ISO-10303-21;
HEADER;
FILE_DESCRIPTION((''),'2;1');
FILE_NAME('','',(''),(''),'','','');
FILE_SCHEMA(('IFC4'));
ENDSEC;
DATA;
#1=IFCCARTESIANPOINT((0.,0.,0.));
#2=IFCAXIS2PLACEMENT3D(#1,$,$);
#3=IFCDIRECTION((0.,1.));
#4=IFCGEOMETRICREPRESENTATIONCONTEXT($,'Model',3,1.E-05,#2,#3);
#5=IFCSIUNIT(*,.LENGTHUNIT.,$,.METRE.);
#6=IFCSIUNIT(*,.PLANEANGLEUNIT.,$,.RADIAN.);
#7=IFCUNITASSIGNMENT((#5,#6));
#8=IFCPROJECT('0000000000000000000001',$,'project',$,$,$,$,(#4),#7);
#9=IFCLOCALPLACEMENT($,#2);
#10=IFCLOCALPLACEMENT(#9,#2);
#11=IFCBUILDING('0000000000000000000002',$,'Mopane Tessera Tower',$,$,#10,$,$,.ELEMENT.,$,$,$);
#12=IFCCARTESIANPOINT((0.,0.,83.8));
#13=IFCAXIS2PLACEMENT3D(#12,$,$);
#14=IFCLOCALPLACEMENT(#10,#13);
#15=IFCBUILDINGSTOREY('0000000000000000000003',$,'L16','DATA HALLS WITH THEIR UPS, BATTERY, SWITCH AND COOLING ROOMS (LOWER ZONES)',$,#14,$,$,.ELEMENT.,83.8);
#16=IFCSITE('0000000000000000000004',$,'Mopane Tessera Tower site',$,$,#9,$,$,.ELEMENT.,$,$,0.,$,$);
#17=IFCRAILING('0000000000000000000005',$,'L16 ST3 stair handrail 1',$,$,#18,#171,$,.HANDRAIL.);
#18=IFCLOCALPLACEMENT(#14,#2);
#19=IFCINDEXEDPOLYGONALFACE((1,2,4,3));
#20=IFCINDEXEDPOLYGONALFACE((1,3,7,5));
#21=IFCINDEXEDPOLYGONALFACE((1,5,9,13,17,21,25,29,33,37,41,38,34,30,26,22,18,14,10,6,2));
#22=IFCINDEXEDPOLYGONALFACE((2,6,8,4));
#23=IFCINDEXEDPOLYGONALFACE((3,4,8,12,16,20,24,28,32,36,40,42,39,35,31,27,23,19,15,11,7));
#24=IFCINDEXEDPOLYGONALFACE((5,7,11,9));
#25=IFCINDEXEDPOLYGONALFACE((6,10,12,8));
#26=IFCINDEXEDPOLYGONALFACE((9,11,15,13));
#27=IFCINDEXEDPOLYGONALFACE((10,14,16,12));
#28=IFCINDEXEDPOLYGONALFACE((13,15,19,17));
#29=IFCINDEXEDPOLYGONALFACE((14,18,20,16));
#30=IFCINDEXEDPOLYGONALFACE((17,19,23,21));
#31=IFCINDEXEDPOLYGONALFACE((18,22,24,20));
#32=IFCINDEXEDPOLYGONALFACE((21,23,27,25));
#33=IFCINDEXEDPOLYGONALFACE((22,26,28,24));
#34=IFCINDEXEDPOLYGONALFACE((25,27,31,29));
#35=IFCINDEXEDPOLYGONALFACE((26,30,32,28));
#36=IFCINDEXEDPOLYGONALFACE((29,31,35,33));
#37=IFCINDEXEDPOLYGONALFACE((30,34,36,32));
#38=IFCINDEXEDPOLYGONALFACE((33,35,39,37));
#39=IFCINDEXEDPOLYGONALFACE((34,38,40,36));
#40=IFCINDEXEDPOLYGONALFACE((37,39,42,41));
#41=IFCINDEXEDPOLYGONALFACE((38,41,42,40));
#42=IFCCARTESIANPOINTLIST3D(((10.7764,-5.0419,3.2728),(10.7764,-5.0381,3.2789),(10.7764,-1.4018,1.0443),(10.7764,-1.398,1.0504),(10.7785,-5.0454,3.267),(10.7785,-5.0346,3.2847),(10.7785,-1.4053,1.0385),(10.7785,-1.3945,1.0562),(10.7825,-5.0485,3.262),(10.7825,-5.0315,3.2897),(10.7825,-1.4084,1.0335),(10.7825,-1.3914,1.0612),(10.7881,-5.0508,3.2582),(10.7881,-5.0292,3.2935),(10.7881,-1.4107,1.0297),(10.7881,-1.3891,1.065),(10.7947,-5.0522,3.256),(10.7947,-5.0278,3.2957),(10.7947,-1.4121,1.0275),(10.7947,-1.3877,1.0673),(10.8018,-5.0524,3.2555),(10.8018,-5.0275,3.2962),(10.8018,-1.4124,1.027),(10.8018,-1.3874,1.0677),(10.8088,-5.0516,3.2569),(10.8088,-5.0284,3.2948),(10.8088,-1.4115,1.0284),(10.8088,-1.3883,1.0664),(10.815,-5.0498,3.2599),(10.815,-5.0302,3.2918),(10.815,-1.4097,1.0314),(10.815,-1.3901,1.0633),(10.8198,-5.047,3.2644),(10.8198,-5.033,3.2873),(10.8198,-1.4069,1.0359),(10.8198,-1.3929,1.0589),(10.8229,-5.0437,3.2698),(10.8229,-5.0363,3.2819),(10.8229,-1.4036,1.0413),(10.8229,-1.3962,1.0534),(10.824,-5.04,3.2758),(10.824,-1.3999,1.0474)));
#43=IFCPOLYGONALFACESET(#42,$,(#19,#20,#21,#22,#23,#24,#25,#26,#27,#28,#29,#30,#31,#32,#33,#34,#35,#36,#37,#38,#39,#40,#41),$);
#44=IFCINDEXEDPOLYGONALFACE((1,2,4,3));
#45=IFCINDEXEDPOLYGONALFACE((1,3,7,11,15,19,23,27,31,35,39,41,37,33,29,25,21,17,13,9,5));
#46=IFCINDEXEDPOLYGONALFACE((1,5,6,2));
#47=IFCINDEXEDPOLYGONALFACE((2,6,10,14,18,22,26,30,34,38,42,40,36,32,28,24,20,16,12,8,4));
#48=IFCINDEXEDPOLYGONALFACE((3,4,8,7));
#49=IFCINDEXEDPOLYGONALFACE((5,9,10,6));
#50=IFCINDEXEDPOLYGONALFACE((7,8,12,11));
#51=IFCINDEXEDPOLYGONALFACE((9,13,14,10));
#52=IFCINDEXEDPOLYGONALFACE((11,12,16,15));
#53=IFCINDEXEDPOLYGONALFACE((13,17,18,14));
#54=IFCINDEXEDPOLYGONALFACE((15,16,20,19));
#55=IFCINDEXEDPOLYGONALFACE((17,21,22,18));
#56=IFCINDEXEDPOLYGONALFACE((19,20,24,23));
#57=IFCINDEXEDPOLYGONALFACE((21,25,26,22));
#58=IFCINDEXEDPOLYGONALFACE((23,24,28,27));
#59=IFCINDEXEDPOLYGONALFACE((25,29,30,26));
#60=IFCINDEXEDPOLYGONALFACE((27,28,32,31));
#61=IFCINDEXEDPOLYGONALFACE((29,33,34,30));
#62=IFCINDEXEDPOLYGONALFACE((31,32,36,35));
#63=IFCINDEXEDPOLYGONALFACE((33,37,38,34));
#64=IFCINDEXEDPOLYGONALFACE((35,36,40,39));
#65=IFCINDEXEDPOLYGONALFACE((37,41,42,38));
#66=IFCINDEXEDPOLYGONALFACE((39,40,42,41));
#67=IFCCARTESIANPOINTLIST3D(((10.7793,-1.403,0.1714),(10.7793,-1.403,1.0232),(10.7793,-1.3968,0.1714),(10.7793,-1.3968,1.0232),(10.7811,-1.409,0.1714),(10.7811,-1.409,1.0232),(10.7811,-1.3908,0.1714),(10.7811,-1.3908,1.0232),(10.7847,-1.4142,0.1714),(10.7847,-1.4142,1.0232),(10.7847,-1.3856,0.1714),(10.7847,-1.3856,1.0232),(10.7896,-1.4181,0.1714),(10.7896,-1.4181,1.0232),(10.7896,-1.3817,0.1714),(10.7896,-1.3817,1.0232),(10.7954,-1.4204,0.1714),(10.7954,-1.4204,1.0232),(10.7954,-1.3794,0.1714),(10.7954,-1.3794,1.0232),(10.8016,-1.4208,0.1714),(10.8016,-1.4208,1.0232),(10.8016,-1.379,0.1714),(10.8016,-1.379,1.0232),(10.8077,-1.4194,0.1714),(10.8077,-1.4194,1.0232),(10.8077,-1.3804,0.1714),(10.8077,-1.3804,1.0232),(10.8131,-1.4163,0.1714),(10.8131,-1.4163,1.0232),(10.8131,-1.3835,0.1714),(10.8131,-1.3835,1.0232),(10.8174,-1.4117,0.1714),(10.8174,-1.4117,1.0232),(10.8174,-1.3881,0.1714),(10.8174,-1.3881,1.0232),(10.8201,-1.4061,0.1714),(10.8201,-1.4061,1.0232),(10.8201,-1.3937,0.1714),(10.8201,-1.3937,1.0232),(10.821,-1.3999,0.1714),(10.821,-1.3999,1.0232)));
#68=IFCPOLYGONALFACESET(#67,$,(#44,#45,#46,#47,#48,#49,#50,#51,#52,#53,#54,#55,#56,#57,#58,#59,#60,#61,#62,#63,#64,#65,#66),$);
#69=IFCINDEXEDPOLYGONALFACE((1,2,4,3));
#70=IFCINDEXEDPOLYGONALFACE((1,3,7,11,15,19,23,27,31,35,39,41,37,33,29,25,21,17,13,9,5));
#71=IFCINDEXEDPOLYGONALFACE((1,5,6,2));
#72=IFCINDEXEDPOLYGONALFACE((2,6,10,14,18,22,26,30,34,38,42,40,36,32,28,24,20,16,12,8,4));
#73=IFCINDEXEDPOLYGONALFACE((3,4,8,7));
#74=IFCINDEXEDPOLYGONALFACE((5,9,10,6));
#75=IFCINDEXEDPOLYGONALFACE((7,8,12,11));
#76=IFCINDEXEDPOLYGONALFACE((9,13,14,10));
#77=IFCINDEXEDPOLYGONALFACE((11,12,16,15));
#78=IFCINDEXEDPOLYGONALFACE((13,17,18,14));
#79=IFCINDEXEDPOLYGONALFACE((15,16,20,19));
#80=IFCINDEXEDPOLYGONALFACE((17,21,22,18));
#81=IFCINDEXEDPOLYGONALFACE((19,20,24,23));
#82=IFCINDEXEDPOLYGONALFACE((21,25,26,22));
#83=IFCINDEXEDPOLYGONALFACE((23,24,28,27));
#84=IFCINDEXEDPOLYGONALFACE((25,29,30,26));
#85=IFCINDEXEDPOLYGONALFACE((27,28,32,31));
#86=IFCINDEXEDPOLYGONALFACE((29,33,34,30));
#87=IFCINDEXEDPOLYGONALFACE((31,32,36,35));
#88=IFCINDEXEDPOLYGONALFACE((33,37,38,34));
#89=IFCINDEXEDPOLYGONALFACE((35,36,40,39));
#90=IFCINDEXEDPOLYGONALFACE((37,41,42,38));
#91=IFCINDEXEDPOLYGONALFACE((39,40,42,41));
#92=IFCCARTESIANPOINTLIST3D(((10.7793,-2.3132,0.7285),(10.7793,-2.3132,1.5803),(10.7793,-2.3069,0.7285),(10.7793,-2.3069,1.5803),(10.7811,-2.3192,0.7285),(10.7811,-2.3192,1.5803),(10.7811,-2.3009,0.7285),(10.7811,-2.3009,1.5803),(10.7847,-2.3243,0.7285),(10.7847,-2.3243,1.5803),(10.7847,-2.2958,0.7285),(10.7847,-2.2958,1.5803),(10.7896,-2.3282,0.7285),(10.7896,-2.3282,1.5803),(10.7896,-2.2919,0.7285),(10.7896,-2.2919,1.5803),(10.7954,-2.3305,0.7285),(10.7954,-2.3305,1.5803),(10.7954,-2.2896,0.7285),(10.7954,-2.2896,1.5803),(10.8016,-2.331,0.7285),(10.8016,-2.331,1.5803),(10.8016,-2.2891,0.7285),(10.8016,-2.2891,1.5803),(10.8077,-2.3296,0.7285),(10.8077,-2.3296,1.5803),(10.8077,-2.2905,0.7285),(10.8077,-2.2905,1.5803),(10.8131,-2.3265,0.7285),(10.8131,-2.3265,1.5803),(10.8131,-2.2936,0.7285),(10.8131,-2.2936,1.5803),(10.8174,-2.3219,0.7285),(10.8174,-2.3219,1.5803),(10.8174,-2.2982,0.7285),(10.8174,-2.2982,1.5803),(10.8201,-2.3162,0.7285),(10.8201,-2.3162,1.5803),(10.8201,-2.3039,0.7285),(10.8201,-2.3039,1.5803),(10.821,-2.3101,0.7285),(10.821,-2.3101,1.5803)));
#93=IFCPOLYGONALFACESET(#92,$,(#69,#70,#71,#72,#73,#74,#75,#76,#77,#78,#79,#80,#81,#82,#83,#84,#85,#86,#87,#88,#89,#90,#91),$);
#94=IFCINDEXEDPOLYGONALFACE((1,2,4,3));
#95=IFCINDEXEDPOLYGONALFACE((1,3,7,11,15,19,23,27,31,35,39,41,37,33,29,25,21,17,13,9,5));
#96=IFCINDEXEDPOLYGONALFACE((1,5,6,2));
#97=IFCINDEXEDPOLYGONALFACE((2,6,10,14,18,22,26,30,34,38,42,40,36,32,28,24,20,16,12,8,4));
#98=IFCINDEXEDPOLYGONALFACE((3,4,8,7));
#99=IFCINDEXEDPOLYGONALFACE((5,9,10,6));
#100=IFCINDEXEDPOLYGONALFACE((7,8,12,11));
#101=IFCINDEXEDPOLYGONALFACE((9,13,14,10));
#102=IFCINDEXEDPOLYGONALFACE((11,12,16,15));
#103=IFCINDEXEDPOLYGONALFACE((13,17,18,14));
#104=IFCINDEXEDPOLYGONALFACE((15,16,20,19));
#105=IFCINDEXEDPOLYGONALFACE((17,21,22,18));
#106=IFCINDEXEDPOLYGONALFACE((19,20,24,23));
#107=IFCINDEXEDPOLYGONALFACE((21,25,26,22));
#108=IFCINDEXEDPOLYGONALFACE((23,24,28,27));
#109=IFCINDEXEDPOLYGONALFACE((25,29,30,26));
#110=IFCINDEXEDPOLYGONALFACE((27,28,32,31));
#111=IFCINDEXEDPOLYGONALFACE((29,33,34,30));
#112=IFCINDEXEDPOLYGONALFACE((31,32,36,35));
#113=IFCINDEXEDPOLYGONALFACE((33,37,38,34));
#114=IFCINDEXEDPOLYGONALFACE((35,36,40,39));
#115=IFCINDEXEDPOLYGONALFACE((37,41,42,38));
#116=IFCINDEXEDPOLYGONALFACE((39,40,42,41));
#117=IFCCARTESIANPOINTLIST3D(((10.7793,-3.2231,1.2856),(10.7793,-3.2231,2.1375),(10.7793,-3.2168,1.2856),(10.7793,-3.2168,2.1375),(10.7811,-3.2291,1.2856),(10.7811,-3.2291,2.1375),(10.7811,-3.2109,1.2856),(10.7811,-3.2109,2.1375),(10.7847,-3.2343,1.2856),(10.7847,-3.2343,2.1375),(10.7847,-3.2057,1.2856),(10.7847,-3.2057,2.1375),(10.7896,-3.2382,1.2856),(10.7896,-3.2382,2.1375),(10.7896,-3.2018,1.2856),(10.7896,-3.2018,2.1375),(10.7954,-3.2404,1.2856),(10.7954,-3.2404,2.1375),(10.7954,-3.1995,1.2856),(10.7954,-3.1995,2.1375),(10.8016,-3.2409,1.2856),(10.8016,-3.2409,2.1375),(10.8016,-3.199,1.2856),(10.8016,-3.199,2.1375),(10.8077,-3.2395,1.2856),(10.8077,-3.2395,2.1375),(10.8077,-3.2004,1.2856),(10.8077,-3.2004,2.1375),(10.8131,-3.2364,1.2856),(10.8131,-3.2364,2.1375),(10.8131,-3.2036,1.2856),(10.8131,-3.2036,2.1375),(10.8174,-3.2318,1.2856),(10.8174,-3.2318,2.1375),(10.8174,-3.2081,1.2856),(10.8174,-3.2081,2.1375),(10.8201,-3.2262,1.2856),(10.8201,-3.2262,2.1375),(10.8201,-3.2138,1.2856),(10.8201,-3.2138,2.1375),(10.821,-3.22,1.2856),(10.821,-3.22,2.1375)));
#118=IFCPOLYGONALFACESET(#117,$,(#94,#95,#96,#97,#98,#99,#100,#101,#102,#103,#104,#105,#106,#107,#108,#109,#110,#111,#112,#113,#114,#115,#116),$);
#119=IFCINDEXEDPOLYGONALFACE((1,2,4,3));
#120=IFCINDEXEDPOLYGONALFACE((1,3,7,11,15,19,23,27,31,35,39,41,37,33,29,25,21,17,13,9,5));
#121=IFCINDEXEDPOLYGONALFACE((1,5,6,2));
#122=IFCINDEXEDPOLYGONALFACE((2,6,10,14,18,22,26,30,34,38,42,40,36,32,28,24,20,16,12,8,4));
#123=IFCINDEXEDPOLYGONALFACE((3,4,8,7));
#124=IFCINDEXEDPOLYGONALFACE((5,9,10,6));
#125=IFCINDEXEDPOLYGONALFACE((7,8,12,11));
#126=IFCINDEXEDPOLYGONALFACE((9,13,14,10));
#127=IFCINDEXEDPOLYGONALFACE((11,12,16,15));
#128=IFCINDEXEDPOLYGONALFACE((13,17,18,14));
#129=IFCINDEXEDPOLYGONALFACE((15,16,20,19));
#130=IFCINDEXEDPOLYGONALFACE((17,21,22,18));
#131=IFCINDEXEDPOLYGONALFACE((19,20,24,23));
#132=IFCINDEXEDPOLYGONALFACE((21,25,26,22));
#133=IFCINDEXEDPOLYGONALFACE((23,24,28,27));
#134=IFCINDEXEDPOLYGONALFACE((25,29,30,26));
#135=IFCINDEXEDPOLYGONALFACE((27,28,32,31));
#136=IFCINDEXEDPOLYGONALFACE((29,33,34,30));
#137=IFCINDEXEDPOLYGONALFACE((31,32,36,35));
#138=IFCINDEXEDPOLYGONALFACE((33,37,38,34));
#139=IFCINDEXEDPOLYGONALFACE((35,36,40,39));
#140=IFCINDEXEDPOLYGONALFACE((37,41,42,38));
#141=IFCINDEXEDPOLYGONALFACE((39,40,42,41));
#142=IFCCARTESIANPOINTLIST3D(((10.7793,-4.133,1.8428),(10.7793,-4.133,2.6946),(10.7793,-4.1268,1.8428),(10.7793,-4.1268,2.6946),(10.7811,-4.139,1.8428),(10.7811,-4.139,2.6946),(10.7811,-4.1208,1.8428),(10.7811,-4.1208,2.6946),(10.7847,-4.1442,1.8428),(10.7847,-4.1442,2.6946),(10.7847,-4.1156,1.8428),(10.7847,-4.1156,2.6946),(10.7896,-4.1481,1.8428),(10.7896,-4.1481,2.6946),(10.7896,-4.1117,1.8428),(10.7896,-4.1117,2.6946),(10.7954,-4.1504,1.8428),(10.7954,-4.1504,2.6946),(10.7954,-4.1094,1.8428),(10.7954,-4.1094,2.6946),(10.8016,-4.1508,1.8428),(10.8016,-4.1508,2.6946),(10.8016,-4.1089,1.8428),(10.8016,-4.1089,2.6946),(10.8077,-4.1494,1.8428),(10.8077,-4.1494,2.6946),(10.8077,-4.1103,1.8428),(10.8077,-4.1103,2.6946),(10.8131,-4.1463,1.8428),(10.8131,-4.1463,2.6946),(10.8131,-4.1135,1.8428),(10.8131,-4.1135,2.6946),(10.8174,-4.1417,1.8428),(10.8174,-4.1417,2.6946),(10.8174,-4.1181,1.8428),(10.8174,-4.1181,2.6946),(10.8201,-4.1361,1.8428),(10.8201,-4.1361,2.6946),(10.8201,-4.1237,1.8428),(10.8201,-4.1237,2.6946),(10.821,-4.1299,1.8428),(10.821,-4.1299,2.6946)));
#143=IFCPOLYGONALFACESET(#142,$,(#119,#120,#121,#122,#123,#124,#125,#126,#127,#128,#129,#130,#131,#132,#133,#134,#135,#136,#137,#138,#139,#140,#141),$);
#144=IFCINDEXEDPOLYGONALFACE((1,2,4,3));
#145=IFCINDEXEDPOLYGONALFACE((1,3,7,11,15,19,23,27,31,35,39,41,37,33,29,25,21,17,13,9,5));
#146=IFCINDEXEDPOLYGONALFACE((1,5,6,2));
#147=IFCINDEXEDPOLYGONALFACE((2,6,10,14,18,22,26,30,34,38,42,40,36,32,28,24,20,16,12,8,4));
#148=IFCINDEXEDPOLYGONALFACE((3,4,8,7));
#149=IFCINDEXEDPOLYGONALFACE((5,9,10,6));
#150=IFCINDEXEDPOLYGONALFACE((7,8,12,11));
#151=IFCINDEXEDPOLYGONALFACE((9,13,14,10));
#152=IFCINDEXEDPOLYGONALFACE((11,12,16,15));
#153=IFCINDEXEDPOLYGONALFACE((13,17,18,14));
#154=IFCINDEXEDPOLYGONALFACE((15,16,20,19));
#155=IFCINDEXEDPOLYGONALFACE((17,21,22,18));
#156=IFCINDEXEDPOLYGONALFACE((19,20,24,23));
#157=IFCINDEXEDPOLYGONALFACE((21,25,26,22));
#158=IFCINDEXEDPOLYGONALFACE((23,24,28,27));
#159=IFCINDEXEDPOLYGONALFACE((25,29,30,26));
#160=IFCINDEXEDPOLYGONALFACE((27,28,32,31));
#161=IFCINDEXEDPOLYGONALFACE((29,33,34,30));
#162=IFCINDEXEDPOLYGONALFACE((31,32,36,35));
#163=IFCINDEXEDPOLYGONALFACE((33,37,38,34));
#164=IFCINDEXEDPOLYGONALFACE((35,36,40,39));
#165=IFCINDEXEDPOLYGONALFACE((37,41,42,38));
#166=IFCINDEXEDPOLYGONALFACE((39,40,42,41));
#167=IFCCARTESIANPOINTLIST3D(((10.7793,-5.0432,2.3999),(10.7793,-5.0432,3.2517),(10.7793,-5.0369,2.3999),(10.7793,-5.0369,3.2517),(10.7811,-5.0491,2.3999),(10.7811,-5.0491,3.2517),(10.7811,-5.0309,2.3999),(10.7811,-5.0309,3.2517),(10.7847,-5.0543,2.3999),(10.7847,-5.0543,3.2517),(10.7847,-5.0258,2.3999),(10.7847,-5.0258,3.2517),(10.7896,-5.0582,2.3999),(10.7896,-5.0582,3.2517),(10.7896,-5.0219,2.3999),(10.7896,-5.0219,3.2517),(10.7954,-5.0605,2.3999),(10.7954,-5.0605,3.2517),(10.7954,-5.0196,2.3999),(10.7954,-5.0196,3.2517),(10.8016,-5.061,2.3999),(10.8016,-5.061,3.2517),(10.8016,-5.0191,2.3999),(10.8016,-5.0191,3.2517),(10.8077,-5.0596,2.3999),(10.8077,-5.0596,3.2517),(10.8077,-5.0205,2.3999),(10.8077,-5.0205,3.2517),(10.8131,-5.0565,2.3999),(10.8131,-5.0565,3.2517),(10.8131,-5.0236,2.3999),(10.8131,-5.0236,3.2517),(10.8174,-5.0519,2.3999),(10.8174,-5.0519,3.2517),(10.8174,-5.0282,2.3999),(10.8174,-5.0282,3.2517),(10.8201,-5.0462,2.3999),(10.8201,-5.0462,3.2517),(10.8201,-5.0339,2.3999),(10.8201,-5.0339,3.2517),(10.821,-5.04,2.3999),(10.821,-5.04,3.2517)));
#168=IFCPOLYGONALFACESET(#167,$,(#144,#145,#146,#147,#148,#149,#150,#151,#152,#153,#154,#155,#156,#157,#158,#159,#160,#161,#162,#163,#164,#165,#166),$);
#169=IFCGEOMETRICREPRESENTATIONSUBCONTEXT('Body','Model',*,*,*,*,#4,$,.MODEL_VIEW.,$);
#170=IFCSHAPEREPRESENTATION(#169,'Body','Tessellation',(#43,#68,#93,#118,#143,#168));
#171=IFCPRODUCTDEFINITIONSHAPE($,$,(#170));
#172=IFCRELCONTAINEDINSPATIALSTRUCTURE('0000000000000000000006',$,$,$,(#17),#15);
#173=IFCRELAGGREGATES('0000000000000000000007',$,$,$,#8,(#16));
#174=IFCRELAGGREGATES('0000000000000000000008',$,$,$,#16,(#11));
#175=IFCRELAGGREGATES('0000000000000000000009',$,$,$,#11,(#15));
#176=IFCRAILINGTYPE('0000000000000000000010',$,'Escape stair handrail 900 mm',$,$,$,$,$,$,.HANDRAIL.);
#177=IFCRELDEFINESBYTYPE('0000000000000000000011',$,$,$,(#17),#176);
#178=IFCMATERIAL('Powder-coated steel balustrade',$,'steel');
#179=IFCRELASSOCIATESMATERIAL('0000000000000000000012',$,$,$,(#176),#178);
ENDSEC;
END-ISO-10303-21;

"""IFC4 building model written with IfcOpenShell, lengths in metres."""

from ifc_helpers import new_model, si_unit, direction, frame, origin, origin_2d, place, context, subcontext, project, spatial, circle, extrude, material, type_object, element, save


model = new_model("IFC4")

# Units and contexts
model_context = context("Model", 3, precision=1e-05, world=origin(), true_north=direction((0.0, 1.0)))
body_context = subcontext(model_context, "Body", "Model", "MODEL_VIEW")
ifc_project = project(units=[si_unit("LENGTHUNIT", "METRE"), si_unit("PLANEANGLEUNIT", "RADIAN")], contexts=[model_context])

# Site, building, storey
site_placement = place(None, origin())
site = spatial("IfcSite", under=ifc_project, at=site_placement, Name="Mopane Tessera Tower site", CompositionType="ELEMENT", RefElevation=0.0)
building_placement = place(site_placement, origin())
building = spatial("IfcBuilding", under=site, at=building_placement, Name="Mopane Tessera Tower", CompositionType="ELEMENT")
storey_placement = place(building_placement, frame((0.0, 0.0, 83.8)))
storey = spatial("IfcBuildingStorey", under=building, at=storey_placement, Name="L16", Description="DATA HALLS WITH THEIR UPS, BATTERY, SWITCH AND COOLING ROOMS (LOWER ZONES)", CompositionType="ELEMENT", Elevation=83.8)

# Railing
ifc_material_1 = material(Name="Powder-coated steel balustrade", Category="steel")
railing_type_1 = type_object("IfcRailingType", Name="Escape stair handrail 900 mm", PredefinedType="HANDRAIL", material=ifc_material_1)
railing_1_placement = place(storey_placement, frame((10.8, -1.3999, 0.1714)))
element("IfcRailing", 1, at=railing_1_placement, inside=storey, type_object=railing_type_1, Name="L16 ST3 stair handrail 1", PredefinedType="HANDRAIL", context=body_context, shape_type="SweptSolid", body=[
    extrude(circle(Radius=0.0239, at=origin_2d()), frame((0.0, 0.0, 0.876), z_axis=(0.0, -0.852866, 0.52213), x_axis=(1.0, 0.0, 0.0)), (0.0, 0.0, 1.0), 4.2681),
    extrude(circle(Radius=0.021, at=origin_2d()), origin(), (0.0, 0.0, 1.0), 0.8518),
    extrude(circle(Radius=0.021, at=origin_2d()), frame((0.0, -0.9102, 0.5571)), (0.0, 0.0, 1.0), 0.8518),
    extrude(circle(Radius=0.021, at=origin_2d()), frame((0.0, -1.8201, 1.1143)), (0.0, 0.0, 1.0), 0.8518),
    extrude(circle(Radius=0.021, at=origin_2d()), frame((0.0, -2.73, 1.6714)), (0.0, 0.0, 1.0), 0.8518),
    extrude(circle(Radius=0.021, at=origin_2d()), frame((0.0, -3.6401, 2.2285)), (0.0, 0.0, 1.0), 0.8518),
])

save(model, "model.ifc")
